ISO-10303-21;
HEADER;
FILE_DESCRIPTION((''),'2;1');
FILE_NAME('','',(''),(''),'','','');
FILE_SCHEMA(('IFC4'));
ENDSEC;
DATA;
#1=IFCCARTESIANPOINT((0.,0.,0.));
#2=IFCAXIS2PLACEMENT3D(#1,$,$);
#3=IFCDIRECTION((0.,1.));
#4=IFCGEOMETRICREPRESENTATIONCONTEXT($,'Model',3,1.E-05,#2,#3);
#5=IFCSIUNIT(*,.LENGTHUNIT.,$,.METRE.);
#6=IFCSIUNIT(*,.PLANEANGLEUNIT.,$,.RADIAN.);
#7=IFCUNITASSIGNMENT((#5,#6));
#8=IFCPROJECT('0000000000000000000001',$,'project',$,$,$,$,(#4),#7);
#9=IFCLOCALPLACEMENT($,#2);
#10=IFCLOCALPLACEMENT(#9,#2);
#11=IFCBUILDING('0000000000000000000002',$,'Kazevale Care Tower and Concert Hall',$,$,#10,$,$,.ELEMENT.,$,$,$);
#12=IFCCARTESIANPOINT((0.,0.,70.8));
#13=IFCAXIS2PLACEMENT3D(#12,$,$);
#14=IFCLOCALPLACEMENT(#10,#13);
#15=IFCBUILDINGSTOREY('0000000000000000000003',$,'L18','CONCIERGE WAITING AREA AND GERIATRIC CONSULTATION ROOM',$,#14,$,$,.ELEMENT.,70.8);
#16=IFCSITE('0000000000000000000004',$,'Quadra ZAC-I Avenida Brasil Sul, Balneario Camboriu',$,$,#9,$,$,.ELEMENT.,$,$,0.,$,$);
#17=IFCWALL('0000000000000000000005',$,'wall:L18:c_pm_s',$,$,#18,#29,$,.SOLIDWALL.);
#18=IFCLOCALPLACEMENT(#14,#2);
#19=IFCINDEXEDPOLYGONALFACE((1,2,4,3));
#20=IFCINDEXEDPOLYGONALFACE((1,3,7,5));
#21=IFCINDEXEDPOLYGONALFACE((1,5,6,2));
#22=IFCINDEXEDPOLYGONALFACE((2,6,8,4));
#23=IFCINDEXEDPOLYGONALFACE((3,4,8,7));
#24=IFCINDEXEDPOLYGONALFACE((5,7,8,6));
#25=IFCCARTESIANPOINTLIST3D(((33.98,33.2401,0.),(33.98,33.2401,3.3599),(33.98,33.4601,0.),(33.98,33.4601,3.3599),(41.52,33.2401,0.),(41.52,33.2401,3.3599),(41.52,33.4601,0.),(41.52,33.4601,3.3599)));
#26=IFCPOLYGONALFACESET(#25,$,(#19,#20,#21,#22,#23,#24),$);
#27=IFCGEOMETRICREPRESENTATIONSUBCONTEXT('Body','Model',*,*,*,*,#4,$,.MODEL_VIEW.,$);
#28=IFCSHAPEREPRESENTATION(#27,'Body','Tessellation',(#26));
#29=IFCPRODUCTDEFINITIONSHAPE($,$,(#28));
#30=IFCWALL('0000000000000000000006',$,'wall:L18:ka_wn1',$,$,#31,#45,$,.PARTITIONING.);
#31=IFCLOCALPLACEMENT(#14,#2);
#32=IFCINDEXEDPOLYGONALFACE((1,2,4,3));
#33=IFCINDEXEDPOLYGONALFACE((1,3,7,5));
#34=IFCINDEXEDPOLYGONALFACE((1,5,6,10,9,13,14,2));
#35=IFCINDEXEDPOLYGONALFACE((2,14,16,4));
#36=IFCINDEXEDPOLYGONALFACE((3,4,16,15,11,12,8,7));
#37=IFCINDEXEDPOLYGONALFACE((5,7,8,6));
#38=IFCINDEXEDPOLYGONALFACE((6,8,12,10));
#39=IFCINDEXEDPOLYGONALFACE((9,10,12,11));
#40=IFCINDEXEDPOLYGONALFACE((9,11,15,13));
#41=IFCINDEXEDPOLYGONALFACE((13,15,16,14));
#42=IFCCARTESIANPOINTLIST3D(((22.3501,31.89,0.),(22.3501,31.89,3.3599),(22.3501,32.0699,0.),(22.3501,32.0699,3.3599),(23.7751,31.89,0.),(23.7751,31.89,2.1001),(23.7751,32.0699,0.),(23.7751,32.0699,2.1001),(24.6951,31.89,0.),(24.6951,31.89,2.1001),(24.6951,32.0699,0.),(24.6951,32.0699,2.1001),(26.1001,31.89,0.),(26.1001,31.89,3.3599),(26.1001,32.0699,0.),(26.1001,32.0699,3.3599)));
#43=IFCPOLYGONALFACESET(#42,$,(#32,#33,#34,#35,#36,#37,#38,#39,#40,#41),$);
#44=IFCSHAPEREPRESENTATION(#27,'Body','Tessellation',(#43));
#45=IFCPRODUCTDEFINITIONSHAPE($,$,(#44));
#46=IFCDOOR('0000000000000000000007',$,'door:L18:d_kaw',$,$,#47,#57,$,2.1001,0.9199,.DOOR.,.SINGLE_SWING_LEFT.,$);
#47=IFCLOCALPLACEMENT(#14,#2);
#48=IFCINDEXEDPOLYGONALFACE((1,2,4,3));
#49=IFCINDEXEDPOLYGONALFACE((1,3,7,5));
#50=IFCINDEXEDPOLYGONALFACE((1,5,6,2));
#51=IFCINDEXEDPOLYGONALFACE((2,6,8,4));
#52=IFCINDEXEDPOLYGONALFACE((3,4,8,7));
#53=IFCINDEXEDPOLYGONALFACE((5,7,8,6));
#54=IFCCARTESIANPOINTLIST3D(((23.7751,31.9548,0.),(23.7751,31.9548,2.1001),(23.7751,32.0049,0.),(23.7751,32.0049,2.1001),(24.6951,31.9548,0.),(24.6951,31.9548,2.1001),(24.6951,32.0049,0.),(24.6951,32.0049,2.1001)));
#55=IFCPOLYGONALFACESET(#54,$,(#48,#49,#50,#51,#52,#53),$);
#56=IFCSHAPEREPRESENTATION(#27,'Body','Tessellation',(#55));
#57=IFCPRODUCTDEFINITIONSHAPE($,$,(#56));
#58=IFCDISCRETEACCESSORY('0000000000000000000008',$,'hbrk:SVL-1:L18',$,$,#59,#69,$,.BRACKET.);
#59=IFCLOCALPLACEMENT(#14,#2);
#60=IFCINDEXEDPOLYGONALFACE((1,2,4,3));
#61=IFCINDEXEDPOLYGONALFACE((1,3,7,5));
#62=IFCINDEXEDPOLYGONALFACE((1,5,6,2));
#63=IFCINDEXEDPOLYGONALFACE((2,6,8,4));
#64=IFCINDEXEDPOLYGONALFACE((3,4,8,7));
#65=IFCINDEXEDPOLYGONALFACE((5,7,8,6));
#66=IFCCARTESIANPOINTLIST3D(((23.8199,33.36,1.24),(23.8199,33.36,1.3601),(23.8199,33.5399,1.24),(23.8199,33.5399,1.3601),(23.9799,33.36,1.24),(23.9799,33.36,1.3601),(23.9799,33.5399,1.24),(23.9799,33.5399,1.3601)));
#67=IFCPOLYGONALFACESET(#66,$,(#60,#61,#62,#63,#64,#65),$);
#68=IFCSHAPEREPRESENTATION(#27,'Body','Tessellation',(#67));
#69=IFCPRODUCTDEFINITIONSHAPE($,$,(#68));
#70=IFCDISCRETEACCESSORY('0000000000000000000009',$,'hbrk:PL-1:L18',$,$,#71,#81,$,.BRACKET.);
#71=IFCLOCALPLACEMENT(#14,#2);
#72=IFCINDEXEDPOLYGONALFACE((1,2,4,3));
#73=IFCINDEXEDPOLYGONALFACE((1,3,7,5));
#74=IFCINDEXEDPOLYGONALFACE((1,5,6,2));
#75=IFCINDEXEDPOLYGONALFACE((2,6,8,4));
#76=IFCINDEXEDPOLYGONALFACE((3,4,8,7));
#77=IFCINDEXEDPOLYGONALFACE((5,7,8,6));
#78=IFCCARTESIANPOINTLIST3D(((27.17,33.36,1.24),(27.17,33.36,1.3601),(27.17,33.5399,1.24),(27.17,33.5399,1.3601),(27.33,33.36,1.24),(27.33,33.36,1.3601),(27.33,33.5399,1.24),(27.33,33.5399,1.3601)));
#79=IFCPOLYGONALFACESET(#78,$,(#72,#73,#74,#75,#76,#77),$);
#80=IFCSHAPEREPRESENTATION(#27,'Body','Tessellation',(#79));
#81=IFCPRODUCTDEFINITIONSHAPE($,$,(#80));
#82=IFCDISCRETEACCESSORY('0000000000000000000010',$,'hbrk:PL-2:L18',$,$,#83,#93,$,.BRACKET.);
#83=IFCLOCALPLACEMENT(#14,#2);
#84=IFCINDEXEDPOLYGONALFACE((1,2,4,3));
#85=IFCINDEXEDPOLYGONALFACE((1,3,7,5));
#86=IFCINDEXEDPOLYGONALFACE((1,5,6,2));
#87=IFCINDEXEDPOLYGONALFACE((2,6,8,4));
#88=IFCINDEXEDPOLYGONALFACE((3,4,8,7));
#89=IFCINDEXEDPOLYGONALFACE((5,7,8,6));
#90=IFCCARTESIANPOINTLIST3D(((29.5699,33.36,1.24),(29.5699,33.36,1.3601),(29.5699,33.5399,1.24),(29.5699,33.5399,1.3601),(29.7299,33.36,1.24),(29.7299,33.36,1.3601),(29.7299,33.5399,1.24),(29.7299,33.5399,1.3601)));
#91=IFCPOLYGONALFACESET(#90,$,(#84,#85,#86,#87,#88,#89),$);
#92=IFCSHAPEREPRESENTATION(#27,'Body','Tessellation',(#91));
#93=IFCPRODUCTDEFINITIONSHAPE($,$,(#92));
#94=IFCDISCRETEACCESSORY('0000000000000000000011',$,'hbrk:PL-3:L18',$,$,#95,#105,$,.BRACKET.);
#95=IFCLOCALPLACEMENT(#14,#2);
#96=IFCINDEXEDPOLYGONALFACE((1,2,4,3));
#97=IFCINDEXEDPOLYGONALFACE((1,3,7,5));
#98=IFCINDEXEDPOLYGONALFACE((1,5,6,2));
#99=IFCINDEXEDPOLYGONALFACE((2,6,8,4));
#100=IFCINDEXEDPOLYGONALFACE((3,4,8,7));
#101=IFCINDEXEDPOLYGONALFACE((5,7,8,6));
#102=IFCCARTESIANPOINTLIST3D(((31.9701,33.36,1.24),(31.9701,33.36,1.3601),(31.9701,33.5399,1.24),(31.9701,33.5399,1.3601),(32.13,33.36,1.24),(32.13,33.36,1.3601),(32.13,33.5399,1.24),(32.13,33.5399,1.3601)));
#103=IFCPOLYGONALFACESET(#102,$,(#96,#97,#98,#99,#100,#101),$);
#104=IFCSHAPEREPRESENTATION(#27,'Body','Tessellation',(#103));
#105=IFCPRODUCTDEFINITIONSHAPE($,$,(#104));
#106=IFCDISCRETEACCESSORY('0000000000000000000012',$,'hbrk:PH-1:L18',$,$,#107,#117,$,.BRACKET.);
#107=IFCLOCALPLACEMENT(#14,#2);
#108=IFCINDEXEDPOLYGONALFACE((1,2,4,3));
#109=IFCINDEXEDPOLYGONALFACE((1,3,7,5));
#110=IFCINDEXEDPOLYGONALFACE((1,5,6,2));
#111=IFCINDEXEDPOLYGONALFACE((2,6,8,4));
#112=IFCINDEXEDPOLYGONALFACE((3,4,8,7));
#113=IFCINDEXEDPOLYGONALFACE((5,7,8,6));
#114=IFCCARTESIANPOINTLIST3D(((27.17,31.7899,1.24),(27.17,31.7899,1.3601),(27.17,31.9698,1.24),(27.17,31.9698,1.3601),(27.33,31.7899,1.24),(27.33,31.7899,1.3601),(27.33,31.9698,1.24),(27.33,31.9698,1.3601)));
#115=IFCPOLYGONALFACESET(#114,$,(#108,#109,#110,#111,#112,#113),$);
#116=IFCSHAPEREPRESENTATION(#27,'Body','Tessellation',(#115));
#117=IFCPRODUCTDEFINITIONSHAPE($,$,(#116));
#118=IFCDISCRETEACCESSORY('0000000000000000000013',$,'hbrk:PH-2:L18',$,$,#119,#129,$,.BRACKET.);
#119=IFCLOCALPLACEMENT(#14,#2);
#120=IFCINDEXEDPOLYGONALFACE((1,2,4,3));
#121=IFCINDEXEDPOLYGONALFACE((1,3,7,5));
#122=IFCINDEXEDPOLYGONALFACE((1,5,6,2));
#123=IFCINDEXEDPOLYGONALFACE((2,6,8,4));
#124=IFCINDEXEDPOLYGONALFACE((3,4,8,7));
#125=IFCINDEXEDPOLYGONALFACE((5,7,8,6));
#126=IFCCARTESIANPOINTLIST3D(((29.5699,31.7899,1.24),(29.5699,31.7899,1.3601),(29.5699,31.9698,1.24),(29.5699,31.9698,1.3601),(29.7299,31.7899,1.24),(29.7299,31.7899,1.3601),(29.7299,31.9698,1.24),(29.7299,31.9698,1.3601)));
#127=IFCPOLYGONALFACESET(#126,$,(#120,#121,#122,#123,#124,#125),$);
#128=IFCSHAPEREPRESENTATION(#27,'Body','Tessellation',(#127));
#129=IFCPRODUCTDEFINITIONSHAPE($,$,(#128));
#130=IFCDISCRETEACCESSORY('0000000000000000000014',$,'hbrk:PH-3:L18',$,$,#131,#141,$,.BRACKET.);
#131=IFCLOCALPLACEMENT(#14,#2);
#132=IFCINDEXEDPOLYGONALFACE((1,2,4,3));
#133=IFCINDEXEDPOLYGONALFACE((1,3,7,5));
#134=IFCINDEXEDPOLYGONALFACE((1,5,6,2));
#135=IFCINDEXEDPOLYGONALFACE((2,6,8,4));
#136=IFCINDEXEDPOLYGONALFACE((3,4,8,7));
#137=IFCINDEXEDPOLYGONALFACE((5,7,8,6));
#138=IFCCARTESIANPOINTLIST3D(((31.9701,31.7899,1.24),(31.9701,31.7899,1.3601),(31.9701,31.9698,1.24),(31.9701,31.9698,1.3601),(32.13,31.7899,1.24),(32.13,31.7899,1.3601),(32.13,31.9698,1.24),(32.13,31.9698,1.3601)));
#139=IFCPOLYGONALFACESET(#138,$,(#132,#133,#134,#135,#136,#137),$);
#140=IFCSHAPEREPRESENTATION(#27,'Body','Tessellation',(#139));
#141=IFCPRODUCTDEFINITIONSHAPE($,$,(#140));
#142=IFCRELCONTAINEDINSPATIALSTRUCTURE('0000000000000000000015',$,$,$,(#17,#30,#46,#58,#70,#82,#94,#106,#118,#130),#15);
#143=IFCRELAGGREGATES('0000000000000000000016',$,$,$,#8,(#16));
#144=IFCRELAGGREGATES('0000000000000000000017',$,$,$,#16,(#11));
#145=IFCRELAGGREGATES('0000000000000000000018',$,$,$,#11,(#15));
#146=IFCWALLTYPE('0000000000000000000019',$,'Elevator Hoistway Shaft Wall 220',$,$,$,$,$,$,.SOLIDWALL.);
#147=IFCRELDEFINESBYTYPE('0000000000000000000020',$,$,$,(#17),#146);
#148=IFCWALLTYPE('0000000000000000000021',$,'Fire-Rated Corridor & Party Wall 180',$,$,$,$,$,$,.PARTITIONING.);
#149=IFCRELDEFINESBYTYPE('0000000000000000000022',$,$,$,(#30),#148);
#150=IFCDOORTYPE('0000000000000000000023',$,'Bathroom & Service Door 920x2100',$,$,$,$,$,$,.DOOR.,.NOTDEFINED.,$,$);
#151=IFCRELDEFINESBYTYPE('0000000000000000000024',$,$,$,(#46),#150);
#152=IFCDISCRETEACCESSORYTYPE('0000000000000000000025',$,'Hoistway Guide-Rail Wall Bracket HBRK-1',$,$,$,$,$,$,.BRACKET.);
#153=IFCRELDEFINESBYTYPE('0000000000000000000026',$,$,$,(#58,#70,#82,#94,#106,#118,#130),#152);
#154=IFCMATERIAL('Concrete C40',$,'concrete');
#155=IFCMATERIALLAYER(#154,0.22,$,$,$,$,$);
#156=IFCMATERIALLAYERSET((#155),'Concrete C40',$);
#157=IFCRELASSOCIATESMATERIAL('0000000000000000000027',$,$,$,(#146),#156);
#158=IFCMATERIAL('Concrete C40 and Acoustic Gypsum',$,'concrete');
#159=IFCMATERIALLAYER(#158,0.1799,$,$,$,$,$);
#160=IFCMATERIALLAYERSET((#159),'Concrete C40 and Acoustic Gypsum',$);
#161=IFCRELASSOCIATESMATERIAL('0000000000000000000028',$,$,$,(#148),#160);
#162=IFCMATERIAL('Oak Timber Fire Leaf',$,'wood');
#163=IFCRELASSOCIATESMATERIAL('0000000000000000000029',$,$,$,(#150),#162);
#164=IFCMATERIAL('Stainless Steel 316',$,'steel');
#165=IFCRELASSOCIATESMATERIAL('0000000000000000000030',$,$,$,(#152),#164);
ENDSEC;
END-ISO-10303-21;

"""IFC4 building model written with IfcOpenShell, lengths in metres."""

from ifc_helpers import new_model, si_unit, direction, frame, frame_2d, origin, origin_2d, place, context, subcontext, project, spatial, rectangle, extrude, material, layer, layer_set, type_object, element, fill, save


model = new_model("IFC4")

# Units and contexts
model_context = context("Model", 3, precision=1e-05, world=origin(), true_north=direction((0.0, 1.0)))
body_context = subcontext(model_context, "Body", "Model", "MODEL_VIEW")
ifc_project = project(units=[si_unit("LENGTHUNIT", "METRE"), si_unit("PLANEANGLEUNIT", "RADIAN")], contexts=[model_context])

# Site, building, storey
site_placement = place(None, origin())
site = spatial("IfcSite", under=ifc_project, at=site_placement, Name="Quadra ZAC-I Avenida Brasil Sul, Balneario Camboriu", CompositionType="ELEMENT", RefElevation=0.0)
building_placement = place(site_placement, origin())
building = spatial("IfcBuilding", under=site, at=building_placement, Name="Kazevale Care Tower and Concert Hall", CompositionType="ELEMENT")
storey_placement = place(building_placement, frame((0.0, 0.0, 70.8)))
storey = spatial("IfcBuildingStorey", under=building, at=storey_placement, Name="L18", Description="CONCIERGE WAITING AREA AND GERIATRIC CONSULTATION ROOM", CompositionType="ELEMENT", Elevation=70.8)

# Shared definitions
ifc_material_1 = material(Name="Concrete C40", Category="concrete")
ifc_layer_1 = layer(ifc_material_1, 0.22)
ifc_layer_set_1 = layer_set([ifc_layer_1], Name="Concrete C40")
wall_type_1 = type_object("IfcWallType", Name="Elevator Hoistway Shaft Wall 220", PredefinedType="SOLIDWALL", material=ifc_layer_set_1)

# Shared definitions
ifc_material_2 = material(Name="Stainless Steel 316", Category="steel")

# Wall
wall_1_placement = place(storey_placement, frame((33.98, 33.3501, 0.0), z_axis=(0.0, 0.0, 1.0), x_axis=(1.0, 0.0, 0.0)))
element("IfcWall", 1, at=wall_1_placement, inside=storey, type_object=wall_type_1, Name="wall:L18:c_pm_s", PredefinedType="SOLIDWALL", context=body_context, shape_type="SweptSolid", body=[
    extrude(rectangle(XDim=7.54, YDim=0.22, at=frame_2d((3.77, 0.0))), origin(), (0.0, 0.0, 1.0), 3.3599),
])

# Wall, opening, door
ifc_material_3 = material(Name="Concrete C40 and Acoustic Gypsum", Category="concrete")
ifc_layer_2 = layer(ifc_material_3, 0.1799)
ifc_layer_set_2 = layer_set([ifc_layer_2], Name="Concrete C40 and Acoustic Gypsum")
wall_type_2 = type_object("IfcWallType", Name="Fire-Rated Corridor & Party Wall 180", PredefinedType="PARTITIONING", material=ifc_layer_set_2)
wall_2_placement = place(storey_placement, frame((22.3501, 31.98, 0.0), z_axis=(0.0, 0.0, 1.0), x_axis=(1.0, 0.0, 0.0)))
wall_2 = element("IfcWall", 2, at=wall_2_placement, inside=storey, type_object=wall_type_2, Name="wall:L18:ka_wn1", PredefinedType="PARTITIONING", context=body_context, shape_type="SweptSolid", body=[
    extrude(rectangle(XDim=3.75, YDim=0.1799, at=frame_2d((1.875, 0.0))), origin(), (0.0, 0.0, 1.0), 3.3599),
])
opening_1_placement = place(wall_2_placement, frame((1.425, 0.0, 0.0)))
opening_1 = element("IfcOpeningElement", 3, at=opening_1_placement, cuts=wall_2, PredefinedType="OPENING", context=body_context, shape_type="SweptSolid", body=[
    extrude(rectangle(XDim=0.9199, YDim=2.1001, at=frame_2d((0.46, 1.05))), frame((0.0, 0.0999, 0.0), z_axis=(0.0, -1.0, 0.0), x_axis=(1.0, 0.0, 0.0)), (0.0, 0.0, 1.0), 0.2),
])
ifc_material_4 = material(Name="Oak Timber Fire Leaf", Category="wood")
door_type_1 = type_object("IfcDoorType", Name="Bathroom & Service Door 920x2100", OperationType="NOTDEFINED", PredefinedType="DOOR", material=ifc_material_4)
door_1_placement = place(opening_1_placement, origin())
door_1 = element("IfcDoor", 4, at=door_1_placement, inside=storey, type_object=door_type_1, Name="door:L18:d_kaw", OperationType="SINGLE_SWING_LEFT", OverallHeight=2.1001, OverallWidth=0.9199, PredefinedType="DOOR", context=body_context, shape_type="SweptSolid", body=[
    extrude(rectangle(XDim=0.9199, YDim=2.1001, at=frame_2d((0.46, 1.05))), frame((0.0, 0.0249, 0.0), z_axis=(0.0, -1.0, 0.0), x_axis=(1.0, 0.0, 0.0)), (0.0, 0.0, 1.0), 0.05),
])
fill(opening_1, door_1)

# Discrete accessories
discrete_accessory_type = type_object("IfcDiscreteAccessoryType", Name="Hoistway Guide-Rail Wall Bracket HBRK-1", PredefinedType="BRACKET", material=ifc_material_2)
for number, where, z_axis, x_axis, name in (
    (5, (23.8999, 33.45, 1.24), (0.0, 0.0, 1.0), (1.0, 0.0, 0.0), "hbrk:SVL-1:L18"),
    (6, (27.25, 33.45, 1.24), (0.0, 0.0, 1.0), (1.0, 0.0, 0.0), "hbrk:PL-1:L18"),
    (7, (29.6499, 33.45, 1.24), (0.0, 0.0, 1.0), (1.0, 0.0, 0.0), "hbrk:PL-2:L18"),
    (8, (32.05, 33.45, 1.24), (0.0, 0.0, 1.0), (1.0, 0.0, 0.0), "hbrk:PL-3:L18"),
    (9, (27.25, 31.8799, 1.24), (0.0, 0.0, 1.0), (1.0, 0.0, 0.0), "hbrk:PH-1:L18"),
    (10, (29.6499, 31.8799, 1.24), (0.0, 0.0, 1.0), (1.0, 0.0, 0.0), "hbrk:PH-2:L18"),
    (11, (32.05, 31.8799, 1.24), (0.0, 0.0, 1.0), (1.0, 0.0, 0.0), "hbrk:PH-3:L18"),
):
    element("IfcDiscreteAccessory", number, at=place(storey_placement, frame(where, z_axis=z_axis, x_axis=x_axis)), inside=storey, type_object=discrete_accessory_type, Name=name, PredefinedType="BRACKET", context=body_context, shape_type="SweptSolid", body=[
        extrude(rectangle(XDim=0.1599, YDim=0.1799, at=origin_2d()), origin(), (0.0, 0.0, 1.0), 0.1201),
    ])

save(model, "model.ifc")
